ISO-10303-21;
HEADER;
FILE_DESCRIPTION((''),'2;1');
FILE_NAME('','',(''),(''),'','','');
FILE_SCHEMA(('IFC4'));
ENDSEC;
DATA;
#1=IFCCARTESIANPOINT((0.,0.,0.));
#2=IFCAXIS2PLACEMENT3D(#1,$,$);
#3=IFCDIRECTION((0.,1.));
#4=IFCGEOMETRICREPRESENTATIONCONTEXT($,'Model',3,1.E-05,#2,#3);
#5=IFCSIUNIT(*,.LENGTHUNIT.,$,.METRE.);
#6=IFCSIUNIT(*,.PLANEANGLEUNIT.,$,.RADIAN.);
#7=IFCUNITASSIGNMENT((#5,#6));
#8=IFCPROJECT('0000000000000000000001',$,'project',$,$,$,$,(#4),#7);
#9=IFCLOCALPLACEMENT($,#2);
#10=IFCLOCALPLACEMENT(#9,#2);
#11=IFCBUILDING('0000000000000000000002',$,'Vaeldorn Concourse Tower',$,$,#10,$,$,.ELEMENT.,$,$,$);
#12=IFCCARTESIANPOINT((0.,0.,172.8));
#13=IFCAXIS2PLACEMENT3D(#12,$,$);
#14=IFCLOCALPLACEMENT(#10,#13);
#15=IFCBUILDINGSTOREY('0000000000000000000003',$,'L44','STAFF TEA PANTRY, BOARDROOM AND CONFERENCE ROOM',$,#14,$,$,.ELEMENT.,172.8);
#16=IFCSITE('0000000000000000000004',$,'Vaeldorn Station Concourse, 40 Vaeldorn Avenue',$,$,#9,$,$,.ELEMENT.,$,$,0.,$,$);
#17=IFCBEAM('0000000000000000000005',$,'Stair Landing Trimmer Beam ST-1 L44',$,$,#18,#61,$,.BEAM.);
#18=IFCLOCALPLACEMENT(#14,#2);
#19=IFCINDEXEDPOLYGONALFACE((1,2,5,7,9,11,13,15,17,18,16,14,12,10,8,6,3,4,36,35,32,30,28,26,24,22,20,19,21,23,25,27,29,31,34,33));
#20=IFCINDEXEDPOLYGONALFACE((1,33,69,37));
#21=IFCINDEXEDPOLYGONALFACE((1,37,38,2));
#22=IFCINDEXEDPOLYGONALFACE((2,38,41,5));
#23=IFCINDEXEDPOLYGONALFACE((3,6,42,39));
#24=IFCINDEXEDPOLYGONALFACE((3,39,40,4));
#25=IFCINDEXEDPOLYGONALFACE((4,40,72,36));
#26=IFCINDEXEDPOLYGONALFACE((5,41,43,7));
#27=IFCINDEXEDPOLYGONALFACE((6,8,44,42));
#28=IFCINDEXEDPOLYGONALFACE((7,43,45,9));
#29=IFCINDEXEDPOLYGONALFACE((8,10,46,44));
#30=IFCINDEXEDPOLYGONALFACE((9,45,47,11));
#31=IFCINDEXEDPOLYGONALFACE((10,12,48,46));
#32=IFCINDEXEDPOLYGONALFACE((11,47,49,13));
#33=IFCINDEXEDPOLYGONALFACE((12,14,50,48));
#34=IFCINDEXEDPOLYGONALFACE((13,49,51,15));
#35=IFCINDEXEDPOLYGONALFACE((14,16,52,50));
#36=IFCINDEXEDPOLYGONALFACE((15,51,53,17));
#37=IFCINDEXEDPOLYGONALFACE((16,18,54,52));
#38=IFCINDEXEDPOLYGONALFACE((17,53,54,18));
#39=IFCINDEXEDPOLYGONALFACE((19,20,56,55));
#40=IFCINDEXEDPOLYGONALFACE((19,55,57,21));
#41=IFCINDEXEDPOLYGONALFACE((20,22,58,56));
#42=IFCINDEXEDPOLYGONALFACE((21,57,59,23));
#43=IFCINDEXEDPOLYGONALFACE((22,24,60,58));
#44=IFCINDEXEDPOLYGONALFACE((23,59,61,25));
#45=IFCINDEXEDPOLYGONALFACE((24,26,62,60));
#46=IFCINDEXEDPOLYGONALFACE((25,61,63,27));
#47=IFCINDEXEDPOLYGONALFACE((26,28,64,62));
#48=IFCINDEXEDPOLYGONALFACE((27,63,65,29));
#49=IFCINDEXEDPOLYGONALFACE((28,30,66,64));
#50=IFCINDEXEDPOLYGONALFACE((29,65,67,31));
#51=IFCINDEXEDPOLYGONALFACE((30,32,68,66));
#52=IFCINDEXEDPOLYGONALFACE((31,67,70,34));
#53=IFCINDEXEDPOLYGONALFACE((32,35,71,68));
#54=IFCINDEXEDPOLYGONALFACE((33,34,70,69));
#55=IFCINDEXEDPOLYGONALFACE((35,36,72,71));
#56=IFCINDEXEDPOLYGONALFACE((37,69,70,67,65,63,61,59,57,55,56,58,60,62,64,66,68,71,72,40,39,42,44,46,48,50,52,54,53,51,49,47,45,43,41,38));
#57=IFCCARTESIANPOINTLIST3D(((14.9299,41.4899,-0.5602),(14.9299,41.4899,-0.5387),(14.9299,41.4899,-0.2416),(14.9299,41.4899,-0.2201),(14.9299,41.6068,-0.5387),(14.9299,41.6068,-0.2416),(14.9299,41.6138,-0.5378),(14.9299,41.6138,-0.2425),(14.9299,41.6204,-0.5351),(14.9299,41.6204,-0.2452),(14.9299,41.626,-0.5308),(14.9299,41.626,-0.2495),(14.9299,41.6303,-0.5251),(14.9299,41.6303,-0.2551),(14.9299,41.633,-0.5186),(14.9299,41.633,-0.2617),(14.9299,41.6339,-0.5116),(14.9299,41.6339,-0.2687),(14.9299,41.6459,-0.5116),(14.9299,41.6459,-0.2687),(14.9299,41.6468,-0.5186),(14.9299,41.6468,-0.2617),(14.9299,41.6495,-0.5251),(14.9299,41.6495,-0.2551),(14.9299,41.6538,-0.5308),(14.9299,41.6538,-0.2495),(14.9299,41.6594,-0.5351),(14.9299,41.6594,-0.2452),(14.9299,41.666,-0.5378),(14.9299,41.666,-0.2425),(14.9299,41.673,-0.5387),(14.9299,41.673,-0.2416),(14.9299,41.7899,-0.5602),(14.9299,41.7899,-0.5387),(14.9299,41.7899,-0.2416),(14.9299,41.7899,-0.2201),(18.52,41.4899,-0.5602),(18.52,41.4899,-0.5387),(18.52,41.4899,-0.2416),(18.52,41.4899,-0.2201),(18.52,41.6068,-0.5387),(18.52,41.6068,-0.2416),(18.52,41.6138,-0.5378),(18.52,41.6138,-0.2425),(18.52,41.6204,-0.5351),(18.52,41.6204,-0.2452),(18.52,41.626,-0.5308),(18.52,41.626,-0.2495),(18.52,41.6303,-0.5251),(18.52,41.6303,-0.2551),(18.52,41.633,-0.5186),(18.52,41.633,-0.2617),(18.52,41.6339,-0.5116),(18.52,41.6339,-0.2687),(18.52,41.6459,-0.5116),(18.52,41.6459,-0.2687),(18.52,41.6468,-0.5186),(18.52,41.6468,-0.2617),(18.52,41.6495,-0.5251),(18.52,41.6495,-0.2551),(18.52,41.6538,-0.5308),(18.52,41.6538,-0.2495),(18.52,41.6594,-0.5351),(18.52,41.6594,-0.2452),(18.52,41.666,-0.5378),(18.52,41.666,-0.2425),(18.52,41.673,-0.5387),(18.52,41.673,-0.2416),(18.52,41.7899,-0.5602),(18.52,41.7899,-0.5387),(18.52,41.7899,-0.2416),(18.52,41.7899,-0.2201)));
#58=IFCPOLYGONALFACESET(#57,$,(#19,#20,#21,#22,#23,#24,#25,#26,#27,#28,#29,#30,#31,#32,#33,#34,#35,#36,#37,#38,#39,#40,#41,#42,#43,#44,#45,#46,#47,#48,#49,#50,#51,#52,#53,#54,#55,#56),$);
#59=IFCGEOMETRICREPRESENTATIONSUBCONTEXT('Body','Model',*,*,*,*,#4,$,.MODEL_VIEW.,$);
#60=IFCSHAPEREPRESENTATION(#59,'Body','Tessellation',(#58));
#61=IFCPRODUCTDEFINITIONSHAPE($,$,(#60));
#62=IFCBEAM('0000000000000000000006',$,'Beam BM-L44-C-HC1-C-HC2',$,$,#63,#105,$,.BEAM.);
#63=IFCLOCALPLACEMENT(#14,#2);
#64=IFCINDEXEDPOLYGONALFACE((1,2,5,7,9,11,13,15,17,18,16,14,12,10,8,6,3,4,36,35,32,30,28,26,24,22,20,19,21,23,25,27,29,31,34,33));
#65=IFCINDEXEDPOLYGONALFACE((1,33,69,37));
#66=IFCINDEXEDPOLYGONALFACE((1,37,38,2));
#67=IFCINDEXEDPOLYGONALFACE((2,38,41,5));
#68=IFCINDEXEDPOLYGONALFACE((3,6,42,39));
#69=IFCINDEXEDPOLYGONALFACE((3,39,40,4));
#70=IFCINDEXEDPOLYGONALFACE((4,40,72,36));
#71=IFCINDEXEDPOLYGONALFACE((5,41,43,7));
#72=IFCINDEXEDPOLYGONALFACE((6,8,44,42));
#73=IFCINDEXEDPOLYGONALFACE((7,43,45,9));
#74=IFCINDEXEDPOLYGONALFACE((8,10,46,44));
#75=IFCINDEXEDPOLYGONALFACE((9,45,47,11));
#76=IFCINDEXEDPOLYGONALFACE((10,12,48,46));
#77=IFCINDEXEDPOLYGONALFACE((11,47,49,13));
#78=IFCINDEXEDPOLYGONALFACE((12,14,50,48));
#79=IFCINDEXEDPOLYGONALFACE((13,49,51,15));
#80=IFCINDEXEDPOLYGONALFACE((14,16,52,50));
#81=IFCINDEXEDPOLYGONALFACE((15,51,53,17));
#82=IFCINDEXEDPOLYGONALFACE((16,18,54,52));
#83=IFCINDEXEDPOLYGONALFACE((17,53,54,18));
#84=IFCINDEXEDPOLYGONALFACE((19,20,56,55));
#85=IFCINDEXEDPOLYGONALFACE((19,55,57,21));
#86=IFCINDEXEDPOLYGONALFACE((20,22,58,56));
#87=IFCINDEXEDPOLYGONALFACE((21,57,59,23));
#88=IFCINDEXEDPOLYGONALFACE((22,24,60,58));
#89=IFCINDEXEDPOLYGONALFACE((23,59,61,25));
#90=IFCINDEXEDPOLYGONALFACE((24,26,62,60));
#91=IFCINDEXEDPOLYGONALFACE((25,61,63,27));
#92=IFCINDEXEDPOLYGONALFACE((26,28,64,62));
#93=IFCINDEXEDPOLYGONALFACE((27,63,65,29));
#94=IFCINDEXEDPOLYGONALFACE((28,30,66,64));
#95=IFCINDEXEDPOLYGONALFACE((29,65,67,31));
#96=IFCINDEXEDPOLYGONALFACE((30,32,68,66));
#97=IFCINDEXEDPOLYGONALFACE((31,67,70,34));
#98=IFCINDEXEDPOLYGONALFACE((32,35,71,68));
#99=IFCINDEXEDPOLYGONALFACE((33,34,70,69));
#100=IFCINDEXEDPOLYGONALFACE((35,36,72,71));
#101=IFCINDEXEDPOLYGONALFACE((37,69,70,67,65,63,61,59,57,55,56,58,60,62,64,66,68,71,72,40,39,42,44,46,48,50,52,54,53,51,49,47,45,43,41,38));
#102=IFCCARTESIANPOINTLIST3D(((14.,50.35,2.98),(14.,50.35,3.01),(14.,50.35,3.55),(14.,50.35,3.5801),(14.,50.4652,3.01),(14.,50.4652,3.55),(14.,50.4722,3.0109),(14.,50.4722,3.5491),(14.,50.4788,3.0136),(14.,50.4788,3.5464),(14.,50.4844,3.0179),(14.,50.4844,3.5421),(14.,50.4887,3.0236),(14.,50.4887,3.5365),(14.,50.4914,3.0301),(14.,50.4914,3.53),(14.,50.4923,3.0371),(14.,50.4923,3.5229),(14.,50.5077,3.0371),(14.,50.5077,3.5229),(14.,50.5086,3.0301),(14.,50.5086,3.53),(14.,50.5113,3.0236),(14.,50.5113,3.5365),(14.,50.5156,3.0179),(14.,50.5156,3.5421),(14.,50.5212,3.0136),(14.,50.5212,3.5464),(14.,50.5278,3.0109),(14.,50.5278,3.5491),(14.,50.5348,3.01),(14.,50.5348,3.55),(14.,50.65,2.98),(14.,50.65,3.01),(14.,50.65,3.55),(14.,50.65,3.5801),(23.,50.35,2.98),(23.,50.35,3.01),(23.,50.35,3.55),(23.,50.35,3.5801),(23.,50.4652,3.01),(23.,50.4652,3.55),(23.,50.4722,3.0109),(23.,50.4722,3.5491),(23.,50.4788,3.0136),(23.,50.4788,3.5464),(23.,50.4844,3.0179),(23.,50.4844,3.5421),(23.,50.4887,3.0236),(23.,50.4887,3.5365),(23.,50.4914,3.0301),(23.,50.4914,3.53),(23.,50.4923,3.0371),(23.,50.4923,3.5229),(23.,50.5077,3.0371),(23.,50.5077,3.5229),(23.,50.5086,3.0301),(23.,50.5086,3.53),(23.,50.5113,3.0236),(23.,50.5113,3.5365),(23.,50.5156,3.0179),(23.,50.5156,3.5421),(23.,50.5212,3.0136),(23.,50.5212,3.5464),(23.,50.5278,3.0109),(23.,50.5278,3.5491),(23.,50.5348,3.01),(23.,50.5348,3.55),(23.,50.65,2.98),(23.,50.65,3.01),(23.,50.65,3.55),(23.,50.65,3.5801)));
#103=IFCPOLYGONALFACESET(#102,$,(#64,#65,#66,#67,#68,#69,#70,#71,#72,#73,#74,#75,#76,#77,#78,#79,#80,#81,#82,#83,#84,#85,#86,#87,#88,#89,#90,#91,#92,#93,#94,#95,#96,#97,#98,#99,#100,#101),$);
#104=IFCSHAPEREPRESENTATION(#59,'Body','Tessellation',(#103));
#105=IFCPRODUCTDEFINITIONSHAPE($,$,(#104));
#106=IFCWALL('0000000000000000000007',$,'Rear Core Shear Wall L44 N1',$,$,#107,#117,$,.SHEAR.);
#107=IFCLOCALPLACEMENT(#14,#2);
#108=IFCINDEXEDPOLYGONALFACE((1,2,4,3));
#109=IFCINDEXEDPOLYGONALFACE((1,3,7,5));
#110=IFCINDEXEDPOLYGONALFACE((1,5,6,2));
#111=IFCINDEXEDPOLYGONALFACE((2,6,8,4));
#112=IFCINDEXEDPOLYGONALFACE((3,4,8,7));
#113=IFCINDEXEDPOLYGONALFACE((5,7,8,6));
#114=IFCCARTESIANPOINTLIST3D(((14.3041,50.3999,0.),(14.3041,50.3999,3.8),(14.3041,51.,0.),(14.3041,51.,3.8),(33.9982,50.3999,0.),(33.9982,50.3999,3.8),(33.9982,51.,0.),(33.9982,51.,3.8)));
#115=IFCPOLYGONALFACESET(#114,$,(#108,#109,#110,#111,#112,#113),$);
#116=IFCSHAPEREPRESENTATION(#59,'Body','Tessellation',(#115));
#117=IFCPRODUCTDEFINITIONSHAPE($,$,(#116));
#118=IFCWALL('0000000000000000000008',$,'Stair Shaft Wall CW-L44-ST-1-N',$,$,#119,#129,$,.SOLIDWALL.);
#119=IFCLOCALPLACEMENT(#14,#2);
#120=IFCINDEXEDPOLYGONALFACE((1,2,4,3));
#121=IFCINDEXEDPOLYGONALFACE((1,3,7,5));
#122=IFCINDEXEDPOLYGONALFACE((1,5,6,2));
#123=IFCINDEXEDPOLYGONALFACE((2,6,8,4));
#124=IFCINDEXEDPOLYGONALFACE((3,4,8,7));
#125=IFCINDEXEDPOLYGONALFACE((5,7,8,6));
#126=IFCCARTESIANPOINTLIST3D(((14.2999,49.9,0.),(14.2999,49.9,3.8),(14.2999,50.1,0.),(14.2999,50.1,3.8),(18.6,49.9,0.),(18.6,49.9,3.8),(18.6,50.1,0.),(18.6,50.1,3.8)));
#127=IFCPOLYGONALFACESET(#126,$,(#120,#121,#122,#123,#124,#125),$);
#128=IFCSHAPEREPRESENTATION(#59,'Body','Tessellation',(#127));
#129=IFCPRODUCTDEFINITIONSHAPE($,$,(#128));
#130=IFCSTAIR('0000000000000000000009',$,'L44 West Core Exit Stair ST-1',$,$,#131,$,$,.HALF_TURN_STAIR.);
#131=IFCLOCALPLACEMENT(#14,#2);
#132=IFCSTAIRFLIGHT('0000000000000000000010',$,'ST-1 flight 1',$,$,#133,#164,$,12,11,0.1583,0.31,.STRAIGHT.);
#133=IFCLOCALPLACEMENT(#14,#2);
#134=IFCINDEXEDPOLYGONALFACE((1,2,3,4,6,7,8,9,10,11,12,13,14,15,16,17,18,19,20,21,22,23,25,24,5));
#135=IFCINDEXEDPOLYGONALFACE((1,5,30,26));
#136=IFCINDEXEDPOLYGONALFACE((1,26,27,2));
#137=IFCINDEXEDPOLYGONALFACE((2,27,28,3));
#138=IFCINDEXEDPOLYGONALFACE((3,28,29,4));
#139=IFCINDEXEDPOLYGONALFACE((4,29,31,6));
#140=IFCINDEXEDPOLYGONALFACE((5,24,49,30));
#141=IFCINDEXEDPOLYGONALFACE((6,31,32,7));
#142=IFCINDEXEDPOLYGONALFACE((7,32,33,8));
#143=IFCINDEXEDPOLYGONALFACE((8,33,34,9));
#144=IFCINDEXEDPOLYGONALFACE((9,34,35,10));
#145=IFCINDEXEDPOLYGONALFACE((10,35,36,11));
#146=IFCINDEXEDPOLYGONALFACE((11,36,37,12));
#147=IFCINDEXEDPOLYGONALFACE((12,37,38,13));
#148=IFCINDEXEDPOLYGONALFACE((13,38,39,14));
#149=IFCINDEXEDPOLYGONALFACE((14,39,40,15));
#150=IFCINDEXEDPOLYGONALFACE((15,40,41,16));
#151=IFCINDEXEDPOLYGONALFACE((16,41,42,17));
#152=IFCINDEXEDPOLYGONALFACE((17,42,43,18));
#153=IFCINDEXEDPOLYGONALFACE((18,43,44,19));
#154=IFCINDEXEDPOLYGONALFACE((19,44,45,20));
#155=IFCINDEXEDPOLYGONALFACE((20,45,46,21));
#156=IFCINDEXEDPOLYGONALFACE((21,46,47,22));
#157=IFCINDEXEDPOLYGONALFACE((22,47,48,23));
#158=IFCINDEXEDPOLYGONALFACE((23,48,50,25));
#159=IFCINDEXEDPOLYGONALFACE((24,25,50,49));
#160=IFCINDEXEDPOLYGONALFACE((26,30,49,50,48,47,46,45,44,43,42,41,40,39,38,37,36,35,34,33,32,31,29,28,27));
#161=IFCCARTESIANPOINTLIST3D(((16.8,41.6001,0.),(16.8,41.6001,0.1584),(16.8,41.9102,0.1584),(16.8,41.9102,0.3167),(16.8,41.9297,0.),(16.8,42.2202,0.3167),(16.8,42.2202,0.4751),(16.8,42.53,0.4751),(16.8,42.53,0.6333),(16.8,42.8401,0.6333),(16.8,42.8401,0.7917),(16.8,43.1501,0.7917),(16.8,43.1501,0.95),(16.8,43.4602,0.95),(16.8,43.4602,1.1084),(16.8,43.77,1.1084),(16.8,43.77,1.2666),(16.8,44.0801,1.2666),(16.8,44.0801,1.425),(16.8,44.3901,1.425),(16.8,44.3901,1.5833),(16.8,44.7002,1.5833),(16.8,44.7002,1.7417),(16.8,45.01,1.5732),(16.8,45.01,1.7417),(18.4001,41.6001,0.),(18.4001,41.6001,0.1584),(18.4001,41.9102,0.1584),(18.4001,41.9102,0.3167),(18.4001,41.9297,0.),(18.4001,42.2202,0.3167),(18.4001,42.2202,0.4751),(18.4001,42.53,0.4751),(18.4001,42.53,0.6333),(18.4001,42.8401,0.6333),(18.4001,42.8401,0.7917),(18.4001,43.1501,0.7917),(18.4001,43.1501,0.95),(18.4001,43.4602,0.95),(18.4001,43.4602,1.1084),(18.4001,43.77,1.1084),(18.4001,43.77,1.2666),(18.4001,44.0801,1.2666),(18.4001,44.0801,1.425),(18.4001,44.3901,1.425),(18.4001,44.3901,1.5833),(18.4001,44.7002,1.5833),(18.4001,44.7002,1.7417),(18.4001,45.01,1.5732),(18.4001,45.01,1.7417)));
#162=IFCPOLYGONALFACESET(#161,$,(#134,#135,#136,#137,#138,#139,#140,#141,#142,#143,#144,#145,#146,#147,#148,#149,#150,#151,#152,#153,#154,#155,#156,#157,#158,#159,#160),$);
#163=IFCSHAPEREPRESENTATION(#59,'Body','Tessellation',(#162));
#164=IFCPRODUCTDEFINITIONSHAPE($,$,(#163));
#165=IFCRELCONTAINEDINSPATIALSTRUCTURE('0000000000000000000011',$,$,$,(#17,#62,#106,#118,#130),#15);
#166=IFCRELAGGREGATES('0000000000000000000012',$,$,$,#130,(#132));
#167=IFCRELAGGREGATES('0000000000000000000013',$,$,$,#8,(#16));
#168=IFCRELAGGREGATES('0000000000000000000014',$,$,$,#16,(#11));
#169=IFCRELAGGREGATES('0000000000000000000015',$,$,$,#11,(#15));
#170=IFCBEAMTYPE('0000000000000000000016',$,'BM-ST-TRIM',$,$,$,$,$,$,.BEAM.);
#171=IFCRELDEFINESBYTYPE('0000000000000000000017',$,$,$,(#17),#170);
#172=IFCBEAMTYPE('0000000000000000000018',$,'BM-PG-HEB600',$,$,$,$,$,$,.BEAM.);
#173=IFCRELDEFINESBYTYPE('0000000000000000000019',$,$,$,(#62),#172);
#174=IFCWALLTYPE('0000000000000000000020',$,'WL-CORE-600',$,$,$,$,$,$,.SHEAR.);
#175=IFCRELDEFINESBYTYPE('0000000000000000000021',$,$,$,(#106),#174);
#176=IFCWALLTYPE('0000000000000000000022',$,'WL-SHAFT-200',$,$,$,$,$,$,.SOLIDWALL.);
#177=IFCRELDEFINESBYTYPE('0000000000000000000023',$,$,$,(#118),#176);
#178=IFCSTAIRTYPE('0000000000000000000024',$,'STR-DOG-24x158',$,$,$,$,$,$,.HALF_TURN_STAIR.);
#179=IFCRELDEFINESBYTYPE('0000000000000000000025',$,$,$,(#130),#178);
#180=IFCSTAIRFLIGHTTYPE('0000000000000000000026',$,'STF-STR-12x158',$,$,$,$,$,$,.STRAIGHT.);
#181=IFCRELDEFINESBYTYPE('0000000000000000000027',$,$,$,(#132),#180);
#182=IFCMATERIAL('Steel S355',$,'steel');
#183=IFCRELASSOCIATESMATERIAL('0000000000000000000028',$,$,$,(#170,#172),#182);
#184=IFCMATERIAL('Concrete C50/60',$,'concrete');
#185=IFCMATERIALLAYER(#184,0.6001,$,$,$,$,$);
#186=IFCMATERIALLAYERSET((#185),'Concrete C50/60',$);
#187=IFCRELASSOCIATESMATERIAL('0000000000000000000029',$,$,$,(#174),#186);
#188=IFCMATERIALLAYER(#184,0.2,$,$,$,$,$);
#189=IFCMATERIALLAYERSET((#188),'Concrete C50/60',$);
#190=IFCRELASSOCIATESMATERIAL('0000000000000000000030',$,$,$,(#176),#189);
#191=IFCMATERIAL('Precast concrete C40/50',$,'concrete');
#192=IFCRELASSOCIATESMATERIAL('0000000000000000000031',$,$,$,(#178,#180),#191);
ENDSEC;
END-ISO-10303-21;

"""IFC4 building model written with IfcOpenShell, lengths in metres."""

from ifc_helpers import new_model, si_unit, direction, frame, frame_2d, origin, origin_2d, place, context, subcontext, project, spatial, polyline, rectangle, i_section, outline, extrude, source, transform, mapped, material, layer, layer_set, material_profile, profile_set, type_object, element, aggregate, save


model = new_model("IFC4")

# Units and contexts
model_context = context("Model", 3, precision=1e-05, world=origin(), true_north=direction((0.0, 1.0)))
body_context = subcontext(model_context, "Body", "Model", "MODEL_VIEW")
ifc_project = project(units=[si_unit("LENGTHUNIT", "METRE"), si_unit("PLANEANGLEUNIT", "RADIAN")], contexts=[model_context])

# Site, building, storey
site_placement = place(None, origin())
site = spatial("IfcSite", under=ifc_project, at=site_placement, Name="Vaeldorn Station Concourse, 40 Vaeldorn Avenue", CompositionType="ELEMENT", RefElevation=0.0)
building_placement = place(site_placement, origin())
building = spatial("IfcBuilding", under=site, at=building_placement, Name="Vaeldorn Concourse Tower", CompositionType="ELEMENT")
storey_placement = place(building_placement, frame((0.0, 0.0, 172.8)))
storey = spatial("IfcBuildingStorey", under=building, at=storey_placement, Name="L44", Description="STAFF TEA PANTRY, BOARDROOM AND CONFERENCE ROOM", CompositionType="ELEMENT", Elevation=172.8)

# Beams
ifc_material_1 = material(Name="Steel S355", Category="steel")
ifc_material_profile_1 = material_profile(ifc_material_1, i_section(OverallWidth=0.3, OverallDepth=0.3401, WebThickness=0.012, FlangeThickness=0.0215, FilletRadius=0.0271, at=origin_2d()), Name="HEB 340")
ifc_profile_set_1 = profile_set([ifc_material_profile_1], Name="Steel S355")
beam_type_1 = type_object("IfcBeamType", Name="BM-ST-TRIM", PredefinedType="BEAM", material=ifc_profile_set_1)
shared_shape_1 = source(origin(), body_context, "Body", "SweptSolid", [
    extrude(i_section(OverallWidth=0.3, OverallDepth=0.3401, WebThickness=0.012, FlangeThickness=0.0215, FilletRadius=0.0271, at=origin_2d()), origin(), (0.0, 0.0, 1.0), 3.5901),
])
beam_1_placement = place(storey_placement, frame((14.9299, 41.6399, -0.3901), z_axis=(1.0, 0.0, 0.0), x_axis=(0.0, 1.0, 0.0)))
element("IfcBeam", 1, at=beam_1_placement, inside=storey, type_object=beam_type_1, Name="Stair Landing Trimmer Beam ST-1 L44", PredefinedType="BEAM", context=body_context, shape_type="MappedRepresentation", body=[
    mapped(shared_shape_1, transform((0.0, 0.0, 0.0), scale=1.0)),
])
ifc_material_profile_2 = material_profile(ifc_material_1, i_section(OverallWidth=0.3, OverallDepth=0.6001, WebThickness=0.0154, FlangeThickness=0.03, FilletRadius=0.0271, at=origin_2d()), Name="HEB 600")
ifc_profile_set_2 = profile_set([ifc_material_profile_2], Name="Steel S355")
beam_type_2 = type_object("IfcBeamType", Name="BM-PG-HEB600", PredefinedType="BEAM", material=ifc_profile_set_2)
shared_shape_2 = source(origin(), body_context, "Body", "SweptSolid", [
    extrude(i_section(OverallWidth=0.3, OverallDepth=0.6001, WebThickness=0.0154, FlangeThickness=0.03, FilletRadius=0.0271, at=origin_2d()), origin(), (0.0, 0.0, 1.0), 9.0),
])
beam_2_placement = place(storey_placement, frame((14.0, 50.5, 3.28), z_axis=(1.0, 0.0, 0.0), x_axis=(0.0, 1.0, 0.0)))
element("IfcBeam", 2, at=beam_2_placement, inside=storey, type_object=beam_type_2, Name="Beam BM-L44-C-HC1-C-HC2", PredefinedType="BEAM", context=body_context, shape_type="MappedRepresentation", body=[
    mapped(shared_shape_2, transform((0.0, 0.0, 0.0), scale=1.0)),
])

# Walls
ifc_material_2 = material(Name="Concrete C50/60", Category="concrete")
ifc_layer_1 = layer(ifc_material_2, 0.6001)
ifc_layer_set_1 = layer_set([ifc_layer_1], Name="Concrete C50/60")
wall_type_1 = type_object("IfcWallType", Name="WL-CORE-600", PredefinedType="SHEAR", material=ifc_layer_set_1)
wall_1_placement = place(storey_placement, frame((14.304, 50.7, 0.0), z_axis=(0.0, 0.0, 1.0), x_axis=(1.0, 0.0, 0.0)))
element("IfcWall", 3, at=wall_1_placement, inside=storey, type_object=wall_type_1, Name="Rear Core Shear Wall L44 N1", PredefinedType="SHEAR", context=body_context, shape_type="SweptSolid", body=[
    extrude(rectangle(XDim=19.6941, YDim=0.6001, at=frame_2d((9.8472, 0.0))), origin(), (0.0, 0.0, 1.0), 3.8),
])
ifc_layer_2 = layer(ifc_material_2, 0.2)
ifc_layer_set_2 = layer_set([ifc_layer_2], Name="Concrete C50/60")
wall_type_2 = type_object("IfcWallType", Name="WL-SHAFT-200", PredefinedType="SOLIDWALL", material=ifc_layer_set_2)
wall_2_placement = place(storey_placement, frame((14.3, 50.0, 0.0), z_axis=(0.0, 0.0, 1.0), x_axis=(1.0, 0.0, 0.0)))
element("IfcWall", 4, at=wall_2_placement, inside=storey, type_object=wall_type_2, Name="Stair Shaft Wall CW-L44-ST-1-N", PredefinedType="SOLIDWALL", context=body_context, shape_type="SweptSolid", body=[
    extrude(rectangle(XDim=4.3, YDim=0.2, at=frame_2d((2.1499, 0.0))), origin(), (0.0, 0.0, 1.0), 3.8),
])

# Stair, stair flight
ifc_material_3 = material(Name="Precast concrete C40/50", Category="concrete")
stair_type = type_object("IfcStairType", Name="STR-DOG-24x158", PredefinedType="HALF_TURN_STAIR", material=ifc_material_3)
stair_placement = place(storey_placement, origin())
stair = element("IfcStair", 5, at=stair_placement, inside=storey, type_object=stair_type, Name="L44 West Core Exit Stair ST-1", PredefinedType="HALF_TURN_STAIR")
stair_flight_type = type_object("IfcStairFlightType", Name="STF-STR-12x158", PredefinedType="STRAIGHT", material=ifc_material_3)
stair_flight_1_placement = place(storey_placement, frame((17.6001, 41.6001, 0.0), z_axis=(0.0, 0.0, 1.0), x_axis=(0.0, 1.0, 0.0)))
stair_flight_1 = element("IfcStairFlight", 6, at=stair_flight_1_placement, type_object=stair_flight_type, Name="ST-1 flight 1", NumberOfRisers=12, NumberOfTreads=11, PredefinedType="STRAIGHT", RiserHeight=0.1583, TreadLength=0.31, context=body_context, shape_type="SweptSolid", body=[
    extrude(outline(polyline([(0.0, 0.0), (0.0, 0.1584), (0.3101, 0.1584), (0.3101, 0.3167), (0.6201, 0.3167), (0.6201, 0.4751), (0.9299, 0.4751), (0.9299, 0.6333), (1.24, 0.6333), (1.24, 0.7917), (1.55, 0.7917), (1.55, 0.95), (1.8601, 0.95), (1.8601, 1.1084), (2.1699, 1.1084), (2.1699, 1.2666), (2.48, 1.2666), (2.48, 1.425), (2.79, 1.425), (2.79, 1.5833), (3.1001, 1.5833), (3.1001, 1.7417), (3.4099, 1.7417), (3.4099, 1.8999), (3.4099, 1.5732), (0.3296, 0.0), (0.0, 0.0)])), frame((0.0, 0.8, 0.0), z_axis=(0.0, -1.0, 0.0), x_axis=(1.0, 0.0, 0.0)), (0.0, 0.0, 1.0), 1.6001),
])
aggregate(stair, [stair_flight_1])

save(model, "model.ifc")
